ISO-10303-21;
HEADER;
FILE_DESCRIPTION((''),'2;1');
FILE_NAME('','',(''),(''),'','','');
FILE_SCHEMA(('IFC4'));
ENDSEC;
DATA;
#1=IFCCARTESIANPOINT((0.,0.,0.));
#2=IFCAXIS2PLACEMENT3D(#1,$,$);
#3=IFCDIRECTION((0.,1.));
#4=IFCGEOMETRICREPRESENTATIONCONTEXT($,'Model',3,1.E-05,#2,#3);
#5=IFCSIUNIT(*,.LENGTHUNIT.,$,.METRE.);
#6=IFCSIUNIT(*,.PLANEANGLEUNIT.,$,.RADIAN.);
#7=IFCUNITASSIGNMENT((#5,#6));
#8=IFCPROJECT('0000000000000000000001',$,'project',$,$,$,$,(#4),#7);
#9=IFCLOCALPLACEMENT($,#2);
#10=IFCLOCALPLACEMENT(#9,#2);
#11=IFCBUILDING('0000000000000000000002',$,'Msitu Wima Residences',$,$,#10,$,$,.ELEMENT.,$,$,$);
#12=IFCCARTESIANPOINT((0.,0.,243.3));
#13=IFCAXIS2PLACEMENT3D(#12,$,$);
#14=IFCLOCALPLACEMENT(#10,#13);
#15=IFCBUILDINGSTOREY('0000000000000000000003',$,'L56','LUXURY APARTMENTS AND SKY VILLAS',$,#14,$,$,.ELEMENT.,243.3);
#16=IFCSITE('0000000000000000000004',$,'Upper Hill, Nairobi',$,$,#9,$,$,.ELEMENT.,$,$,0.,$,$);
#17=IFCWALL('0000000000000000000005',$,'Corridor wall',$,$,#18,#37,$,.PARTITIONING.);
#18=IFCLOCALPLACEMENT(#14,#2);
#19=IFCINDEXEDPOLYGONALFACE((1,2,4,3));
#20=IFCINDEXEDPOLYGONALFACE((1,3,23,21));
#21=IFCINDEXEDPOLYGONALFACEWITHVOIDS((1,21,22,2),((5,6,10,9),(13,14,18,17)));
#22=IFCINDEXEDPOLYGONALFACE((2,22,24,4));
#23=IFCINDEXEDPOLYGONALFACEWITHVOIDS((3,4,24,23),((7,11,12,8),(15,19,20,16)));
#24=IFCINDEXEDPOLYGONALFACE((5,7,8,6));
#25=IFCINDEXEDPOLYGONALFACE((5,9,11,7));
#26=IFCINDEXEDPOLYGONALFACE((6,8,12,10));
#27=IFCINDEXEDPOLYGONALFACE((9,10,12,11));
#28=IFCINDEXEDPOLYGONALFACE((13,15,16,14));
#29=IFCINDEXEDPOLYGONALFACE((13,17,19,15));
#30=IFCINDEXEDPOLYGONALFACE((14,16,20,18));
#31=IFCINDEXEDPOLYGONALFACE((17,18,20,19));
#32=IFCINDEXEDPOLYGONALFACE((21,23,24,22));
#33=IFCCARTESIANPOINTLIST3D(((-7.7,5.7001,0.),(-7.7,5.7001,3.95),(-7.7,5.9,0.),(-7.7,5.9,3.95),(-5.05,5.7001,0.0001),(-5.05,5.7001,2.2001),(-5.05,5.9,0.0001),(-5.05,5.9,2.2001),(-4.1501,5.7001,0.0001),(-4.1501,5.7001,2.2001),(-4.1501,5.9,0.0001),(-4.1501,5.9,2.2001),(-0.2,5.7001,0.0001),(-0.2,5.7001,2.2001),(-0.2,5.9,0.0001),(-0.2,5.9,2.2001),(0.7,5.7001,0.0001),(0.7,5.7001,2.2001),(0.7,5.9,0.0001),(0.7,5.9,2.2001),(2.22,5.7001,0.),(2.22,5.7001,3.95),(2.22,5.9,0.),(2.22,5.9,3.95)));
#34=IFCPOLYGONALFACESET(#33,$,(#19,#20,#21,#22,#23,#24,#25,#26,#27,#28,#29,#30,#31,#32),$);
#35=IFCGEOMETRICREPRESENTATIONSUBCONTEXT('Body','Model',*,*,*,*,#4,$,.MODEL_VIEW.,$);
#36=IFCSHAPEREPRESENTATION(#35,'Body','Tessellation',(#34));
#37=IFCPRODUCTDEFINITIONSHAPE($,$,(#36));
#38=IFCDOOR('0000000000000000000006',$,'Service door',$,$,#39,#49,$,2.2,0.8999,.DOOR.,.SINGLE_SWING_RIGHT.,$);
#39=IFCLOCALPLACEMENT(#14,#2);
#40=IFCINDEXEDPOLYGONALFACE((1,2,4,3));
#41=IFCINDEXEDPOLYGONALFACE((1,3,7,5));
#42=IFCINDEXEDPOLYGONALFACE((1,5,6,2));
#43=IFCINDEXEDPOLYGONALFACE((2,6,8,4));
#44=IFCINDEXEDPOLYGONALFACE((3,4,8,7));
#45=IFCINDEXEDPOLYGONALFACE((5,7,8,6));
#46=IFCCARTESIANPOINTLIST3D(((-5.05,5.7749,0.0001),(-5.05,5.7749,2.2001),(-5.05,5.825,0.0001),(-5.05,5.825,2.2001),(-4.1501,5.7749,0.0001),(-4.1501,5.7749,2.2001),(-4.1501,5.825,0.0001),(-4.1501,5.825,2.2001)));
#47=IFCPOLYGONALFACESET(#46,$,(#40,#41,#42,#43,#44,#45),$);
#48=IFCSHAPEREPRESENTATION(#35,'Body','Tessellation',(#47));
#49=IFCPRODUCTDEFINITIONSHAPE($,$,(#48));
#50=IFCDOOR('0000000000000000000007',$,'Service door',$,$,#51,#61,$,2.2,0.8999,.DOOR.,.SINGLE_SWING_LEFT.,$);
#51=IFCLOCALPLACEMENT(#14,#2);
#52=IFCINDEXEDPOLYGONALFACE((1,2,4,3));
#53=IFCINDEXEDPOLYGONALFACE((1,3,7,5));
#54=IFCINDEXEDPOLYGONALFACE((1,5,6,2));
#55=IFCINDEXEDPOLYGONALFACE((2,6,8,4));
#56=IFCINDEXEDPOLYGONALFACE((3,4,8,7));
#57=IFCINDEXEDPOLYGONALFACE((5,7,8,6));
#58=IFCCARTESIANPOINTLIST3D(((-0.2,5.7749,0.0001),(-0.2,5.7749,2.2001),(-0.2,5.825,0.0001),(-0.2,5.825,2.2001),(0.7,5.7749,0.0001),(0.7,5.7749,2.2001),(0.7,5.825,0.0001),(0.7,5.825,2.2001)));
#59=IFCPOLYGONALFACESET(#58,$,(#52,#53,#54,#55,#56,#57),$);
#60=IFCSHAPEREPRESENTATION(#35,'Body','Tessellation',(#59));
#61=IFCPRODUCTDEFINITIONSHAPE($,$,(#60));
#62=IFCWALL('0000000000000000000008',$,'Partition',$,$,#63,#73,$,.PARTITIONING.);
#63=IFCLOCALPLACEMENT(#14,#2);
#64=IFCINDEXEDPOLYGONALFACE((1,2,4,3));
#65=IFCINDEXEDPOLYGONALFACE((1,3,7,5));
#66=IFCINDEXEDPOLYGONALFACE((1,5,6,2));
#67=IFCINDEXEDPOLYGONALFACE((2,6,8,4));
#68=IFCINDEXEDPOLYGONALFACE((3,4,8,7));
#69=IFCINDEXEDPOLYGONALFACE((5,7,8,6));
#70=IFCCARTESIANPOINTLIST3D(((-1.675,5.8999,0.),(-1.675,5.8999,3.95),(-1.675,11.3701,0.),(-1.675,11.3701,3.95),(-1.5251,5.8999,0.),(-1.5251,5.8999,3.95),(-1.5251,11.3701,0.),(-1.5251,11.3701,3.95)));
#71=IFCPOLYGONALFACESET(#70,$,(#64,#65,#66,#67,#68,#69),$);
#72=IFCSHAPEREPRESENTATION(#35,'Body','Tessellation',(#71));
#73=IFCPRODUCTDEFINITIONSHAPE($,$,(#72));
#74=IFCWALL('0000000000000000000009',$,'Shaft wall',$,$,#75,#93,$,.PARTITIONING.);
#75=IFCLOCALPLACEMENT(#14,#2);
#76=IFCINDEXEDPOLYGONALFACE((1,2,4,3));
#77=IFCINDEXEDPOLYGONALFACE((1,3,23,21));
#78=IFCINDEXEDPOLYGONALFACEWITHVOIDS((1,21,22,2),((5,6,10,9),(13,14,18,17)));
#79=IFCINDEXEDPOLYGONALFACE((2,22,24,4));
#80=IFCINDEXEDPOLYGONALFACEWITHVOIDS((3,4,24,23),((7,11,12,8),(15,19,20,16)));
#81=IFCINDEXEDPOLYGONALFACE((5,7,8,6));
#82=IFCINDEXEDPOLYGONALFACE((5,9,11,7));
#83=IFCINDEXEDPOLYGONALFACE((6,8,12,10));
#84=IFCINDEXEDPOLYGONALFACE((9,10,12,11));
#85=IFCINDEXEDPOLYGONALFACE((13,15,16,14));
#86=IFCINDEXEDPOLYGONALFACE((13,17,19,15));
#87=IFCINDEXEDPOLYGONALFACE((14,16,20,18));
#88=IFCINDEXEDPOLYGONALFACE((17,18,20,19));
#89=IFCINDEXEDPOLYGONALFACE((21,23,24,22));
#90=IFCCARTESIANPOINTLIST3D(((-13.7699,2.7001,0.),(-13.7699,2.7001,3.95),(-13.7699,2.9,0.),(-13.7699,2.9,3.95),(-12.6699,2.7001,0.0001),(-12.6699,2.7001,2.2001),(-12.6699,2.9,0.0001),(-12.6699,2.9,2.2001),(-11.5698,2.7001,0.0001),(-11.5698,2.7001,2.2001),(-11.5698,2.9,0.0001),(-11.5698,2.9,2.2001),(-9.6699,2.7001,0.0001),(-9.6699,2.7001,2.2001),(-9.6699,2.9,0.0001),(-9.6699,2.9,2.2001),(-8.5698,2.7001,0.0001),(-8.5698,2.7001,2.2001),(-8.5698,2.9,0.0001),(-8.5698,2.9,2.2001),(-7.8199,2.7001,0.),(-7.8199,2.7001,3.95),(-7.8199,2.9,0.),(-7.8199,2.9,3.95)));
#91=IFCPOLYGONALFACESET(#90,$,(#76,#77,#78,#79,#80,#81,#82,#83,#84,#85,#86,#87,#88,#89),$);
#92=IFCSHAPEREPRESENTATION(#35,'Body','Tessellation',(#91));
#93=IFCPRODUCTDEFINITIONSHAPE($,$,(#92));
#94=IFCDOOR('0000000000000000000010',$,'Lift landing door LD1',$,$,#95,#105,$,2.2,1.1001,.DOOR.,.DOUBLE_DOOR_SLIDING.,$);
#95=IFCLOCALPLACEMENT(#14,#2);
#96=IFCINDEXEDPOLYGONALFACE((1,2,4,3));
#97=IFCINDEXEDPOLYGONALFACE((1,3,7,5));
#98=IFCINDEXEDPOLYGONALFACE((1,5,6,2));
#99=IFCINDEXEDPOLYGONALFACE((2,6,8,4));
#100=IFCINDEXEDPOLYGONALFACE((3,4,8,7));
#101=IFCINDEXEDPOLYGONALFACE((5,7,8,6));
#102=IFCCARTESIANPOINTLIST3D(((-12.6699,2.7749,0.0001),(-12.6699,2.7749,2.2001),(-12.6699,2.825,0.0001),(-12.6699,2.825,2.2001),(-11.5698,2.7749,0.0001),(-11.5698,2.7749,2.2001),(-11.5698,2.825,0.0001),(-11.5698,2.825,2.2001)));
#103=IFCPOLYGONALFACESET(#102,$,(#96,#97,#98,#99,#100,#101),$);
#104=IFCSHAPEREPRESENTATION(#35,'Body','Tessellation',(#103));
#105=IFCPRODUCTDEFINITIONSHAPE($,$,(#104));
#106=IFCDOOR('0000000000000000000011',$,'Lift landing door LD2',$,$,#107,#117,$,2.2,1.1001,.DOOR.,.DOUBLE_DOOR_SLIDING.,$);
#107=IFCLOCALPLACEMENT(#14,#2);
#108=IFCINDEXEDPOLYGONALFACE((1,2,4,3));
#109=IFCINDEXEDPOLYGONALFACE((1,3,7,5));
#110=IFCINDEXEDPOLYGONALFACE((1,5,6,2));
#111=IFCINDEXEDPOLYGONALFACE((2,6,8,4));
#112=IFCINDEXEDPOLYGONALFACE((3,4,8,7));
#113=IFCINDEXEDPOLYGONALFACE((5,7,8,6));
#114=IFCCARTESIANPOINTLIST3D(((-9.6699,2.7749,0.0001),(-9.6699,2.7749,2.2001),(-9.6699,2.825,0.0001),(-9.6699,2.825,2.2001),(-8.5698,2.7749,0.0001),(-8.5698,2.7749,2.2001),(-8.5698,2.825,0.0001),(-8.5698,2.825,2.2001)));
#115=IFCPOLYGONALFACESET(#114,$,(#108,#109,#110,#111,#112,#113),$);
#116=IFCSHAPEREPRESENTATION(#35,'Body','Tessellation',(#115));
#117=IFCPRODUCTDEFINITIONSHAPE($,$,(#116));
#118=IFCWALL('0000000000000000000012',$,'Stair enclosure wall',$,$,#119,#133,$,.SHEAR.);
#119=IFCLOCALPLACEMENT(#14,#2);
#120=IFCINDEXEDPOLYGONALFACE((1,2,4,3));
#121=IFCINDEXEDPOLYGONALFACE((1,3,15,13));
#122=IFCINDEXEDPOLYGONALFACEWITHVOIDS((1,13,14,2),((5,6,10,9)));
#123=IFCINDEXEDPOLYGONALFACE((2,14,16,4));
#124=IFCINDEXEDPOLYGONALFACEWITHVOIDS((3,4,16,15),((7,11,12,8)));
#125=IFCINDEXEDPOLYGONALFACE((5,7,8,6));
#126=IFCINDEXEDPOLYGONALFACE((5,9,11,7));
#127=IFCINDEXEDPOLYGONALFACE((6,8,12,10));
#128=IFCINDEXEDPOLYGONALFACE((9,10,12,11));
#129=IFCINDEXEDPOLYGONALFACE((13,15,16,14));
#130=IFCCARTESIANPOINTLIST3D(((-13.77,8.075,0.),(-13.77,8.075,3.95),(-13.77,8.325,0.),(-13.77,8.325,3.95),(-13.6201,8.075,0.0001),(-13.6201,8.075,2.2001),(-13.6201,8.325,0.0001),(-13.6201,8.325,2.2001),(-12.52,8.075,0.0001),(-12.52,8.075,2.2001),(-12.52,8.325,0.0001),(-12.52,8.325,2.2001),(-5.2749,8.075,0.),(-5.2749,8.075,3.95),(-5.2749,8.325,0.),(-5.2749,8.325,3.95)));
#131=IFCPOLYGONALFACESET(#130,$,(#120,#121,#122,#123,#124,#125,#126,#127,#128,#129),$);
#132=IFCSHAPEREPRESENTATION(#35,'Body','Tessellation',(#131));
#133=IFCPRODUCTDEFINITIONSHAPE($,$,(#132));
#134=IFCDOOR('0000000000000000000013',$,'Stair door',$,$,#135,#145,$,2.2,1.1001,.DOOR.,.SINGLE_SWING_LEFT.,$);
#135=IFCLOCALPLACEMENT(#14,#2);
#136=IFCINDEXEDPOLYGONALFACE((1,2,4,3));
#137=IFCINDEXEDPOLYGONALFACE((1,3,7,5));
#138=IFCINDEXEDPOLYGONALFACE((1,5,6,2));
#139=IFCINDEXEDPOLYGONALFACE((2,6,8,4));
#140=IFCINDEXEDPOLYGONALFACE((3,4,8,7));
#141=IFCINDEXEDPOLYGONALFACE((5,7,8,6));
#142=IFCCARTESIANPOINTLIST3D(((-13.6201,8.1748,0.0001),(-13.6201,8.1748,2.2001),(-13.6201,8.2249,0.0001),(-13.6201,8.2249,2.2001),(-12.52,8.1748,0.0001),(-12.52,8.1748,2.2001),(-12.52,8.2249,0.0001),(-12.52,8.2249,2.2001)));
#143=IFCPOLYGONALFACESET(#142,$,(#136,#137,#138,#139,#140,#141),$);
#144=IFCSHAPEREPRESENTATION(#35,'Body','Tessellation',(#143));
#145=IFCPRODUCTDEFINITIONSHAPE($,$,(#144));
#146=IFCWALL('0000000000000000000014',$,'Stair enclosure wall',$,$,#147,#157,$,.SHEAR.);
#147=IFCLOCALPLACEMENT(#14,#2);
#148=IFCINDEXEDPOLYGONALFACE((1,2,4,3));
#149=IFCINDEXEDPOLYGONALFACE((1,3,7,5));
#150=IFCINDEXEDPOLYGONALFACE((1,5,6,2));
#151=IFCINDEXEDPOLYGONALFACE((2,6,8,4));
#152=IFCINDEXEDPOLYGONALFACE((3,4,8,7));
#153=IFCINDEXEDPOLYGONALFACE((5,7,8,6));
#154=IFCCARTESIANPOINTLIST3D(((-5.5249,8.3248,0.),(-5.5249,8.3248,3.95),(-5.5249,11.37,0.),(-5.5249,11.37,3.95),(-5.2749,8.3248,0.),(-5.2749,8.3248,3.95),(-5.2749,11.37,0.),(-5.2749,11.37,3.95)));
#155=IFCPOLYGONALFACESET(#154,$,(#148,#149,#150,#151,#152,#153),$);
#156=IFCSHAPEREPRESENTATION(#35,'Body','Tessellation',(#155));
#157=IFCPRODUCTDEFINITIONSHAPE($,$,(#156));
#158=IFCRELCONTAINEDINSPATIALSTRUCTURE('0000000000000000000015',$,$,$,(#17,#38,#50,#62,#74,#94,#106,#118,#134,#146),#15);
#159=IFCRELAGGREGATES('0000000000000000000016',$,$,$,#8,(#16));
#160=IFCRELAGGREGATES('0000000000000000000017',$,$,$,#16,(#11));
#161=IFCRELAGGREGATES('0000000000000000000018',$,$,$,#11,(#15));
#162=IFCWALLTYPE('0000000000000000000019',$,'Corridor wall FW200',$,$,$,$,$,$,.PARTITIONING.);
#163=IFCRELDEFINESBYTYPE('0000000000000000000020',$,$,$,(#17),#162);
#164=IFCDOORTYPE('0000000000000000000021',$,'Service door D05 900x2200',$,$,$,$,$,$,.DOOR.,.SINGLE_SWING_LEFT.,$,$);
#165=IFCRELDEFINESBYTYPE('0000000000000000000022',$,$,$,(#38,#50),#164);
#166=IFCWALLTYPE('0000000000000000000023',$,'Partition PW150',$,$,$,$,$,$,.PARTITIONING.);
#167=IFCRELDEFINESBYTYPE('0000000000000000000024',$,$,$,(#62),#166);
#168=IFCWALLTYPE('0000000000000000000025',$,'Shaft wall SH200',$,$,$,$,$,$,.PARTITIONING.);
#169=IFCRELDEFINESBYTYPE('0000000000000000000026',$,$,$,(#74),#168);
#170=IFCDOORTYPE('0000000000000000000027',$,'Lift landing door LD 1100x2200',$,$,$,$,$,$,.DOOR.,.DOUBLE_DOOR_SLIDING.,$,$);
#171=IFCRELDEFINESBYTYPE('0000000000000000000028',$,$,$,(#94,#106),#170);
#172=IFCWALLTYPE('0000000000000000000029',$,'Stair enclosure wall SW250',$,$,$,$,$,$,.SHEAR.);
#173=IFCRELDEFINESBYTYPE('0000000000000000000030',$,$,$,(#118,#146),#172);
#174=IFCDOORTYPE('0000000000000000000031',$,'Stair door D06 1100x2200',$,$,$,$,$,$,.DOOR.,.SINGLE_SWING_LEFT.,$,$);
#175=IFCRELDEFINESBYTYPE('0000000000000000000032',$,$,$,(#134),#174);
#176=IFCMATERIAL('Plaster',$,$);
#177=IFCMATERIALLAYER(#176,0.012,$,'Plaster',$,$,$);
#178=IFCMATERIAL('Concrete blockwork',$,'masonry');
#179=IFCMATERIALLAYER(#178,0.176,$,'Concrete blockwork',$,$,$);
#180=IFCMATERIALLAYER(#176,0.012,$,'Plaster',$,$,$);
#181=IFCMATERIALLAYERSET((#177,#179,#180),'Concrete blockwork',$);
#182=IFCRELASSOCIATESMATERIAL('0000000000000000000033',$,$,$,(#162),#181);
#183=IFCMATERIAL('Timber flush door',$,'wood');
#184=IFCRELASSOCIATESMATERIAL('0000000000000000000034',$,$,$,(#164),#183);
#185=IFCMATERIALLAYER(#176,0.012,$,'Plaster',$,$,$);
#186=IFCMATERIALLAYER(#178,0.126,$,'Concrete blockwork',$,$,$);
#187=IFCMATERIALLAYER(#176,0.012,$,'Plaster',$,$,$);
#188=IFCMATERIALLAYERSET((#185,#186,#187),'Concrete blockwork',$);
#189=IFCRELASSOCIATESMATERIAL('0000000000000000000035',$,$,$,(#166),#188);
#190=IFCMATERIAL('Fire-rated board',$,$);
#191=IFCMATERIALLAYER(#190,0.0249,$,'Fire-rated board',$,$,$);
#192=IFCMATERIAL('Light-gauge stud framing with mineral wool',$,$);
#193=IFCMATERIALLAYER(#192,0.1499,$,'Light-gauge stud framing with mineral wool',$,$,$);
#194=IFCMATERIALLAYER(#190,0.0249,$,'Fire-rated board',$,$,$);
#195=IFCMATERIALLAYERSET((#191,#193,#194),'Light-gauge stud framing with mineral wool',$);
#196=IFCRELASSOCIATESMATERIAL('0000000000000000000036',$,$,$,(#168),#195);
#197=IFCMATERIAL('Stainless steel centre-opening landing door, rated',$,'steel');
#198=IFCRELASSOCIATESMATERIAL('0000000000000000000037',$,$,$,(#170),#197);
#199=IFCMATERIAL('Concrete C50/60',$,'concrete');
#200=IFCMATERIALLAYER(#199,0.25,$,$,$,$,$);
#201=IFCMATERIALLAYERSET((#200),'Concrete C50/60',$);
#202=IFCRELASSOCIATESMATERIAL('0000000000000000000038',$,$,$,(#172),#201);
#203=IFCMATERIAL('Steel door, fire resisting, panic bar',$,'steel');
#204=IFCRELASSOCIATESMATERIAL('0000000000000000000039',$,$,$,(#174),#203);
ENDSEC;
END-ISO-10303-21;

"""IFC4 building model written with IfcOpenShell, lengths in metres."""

from ifc_helpers import new_model, si_unit, direction, frame, frame_2d, origin, place, context, subcontext, project, spatial, rectangle, extrude, material, layer, layer_set, type_object, element, fill, save


model = new_model("IFC4")

# Units and contexts
model_context = context("Model", 3, precision=1e-05, world=origin(), true_north=direction((0.0, 1.0)))
body_context = subcontext(model_context, "Body", "Model", "MODEL_VIEW")
ifc_project = project(units=[si_unit("LENGTHUNIT", "METRE"), si_unit("PLANEANGLEUNIT", "RADIAN")], contexts=[model_context])

# Site, building, storey
site_placement = place(None, origin())
site = spatial("IfcSite", under=ifc_project, at=site_placement, Name="Upper Hill, Nairobi", CompositionType="ELEMENT", RefElevation=0.0)
building_placement = place(site_placement, origin())
building = spatial("IfcBuilding", under=site, at=building_placement, Name="Msitu Wima Residences", CompositionType="ELEMENT")
storey_placement = place(building_placement, frame((0.0, 0.0, 243.3)))
storey = spatial("IfcBuildingStorey", under=building, at=storey_placement, Name="L56", Description="LUXURY APARTMENTS AND SKY VILLAS", CompositionType="ELEMENT", Elevation=243.3)

# Shared definitions
ifc_material_1 = material(Name="Plaster")
ifc_layer_1 = layer(ifc_material_1, 0.012, Name="Plaster")
ifc_material_2 = material(Name="Concrete blockwork", Category="masonry")
ifc_layer_2 = layer(ifc_material_2, 0.176, Name="Concrete blockwork")
ifc_layer_3 = layer(ifc_material_1, 0.012, Name="Plaster")
ifc_layer_set_1 = layer_set([ifc_layer_1, ifc_layer_2, ifc_layer_3], Name="Concrete blockwork")
wall_type_1 = type_object("IfcWallType", Name="Corridor wall FW200", PredefinedType="PARTITIONING", material=ifc_layer_set_1)
ifc_material_3 = material(Name="Timber flush door", Category="wood")
door_type_1 = type_object("IfcDoorType", Name="Service door D05 900x2200", OperationType="SINGLE_SWING_LEFT", PredefinedType="DOOR", material=ifc_material_3)

# Wall, openings, doors
wall_1_placement = place(storey_placement, frame((-7.7, 5.8, 0.0), z_axis=(0.0, 0.0, 1.0), x_axis=(1.0, 0.0, 0.0)))
wall_1 = element("IfcWall", 1, at=wall_1_placement, inside=storey, type_object=wall_type_1, Name="Corridor wall", PredefinedType="PARTITIONING", context=body_context, shape_type="SweptSolid", body=[
    extrude(rectangle(XDim=9.9199, YDim=0.2, at=frame_2d((4.96, 0.0))), origin(), (0.0, 0.0, 1.0), 3.95),
])
opening_1_placement = place(wall_1_placement, frame((2.6499, 0.0, 0.0)))
opening_1 = element("IfcOpeningElement", 2, at=opening_1_placement, cuts=wall_1, PredefinedType="OPENING", context=body_context, shape_type="SweptSolid", body=[
    extrude(rectangle(XDim=0.8999, YDim=2.2, at=frame_2d((0.45, 1.1001))), frame((0.0, 0.1099, 0.0), z_axis=(0.0, -1.0, 0.0), x_axis=(1.0, 0.0, 0.0)), (0.0, 0.0, 1.0), 0.22),
])
opening_2_placement = place(wall_1_placement, frame((7.5, 0.0, 0.0)))
opening_2 = element("IfcOpeningElement", 3, at=opening_2_placement, cuts=wall_1, PredefinedType="OPENING", context=body_context, shape_type="SweptSolid", body=[
    extrude(rectangle(XDim=0.8999, YDim=2.2, at=frame_2d((0.45, 1.1001))), frame((0.0, 0.1099, 0.0), z_axis=(0.0, -1.0, 0.0), x_axis=(1.0, 0.0, 0.0)), (0.0, 0.0, 1.0), 0.22),
])
door_1_placement = place(opening_1_placement, origin())
door_1 = element("IfcDoor", 4, at=door_1_placement, inside=storey, type_object=door_type_1, Name="Service door", OperationType="SINGLE_SWING_RIGHT", OverallHeight=2.2, OverallWidth=0.8999, PredefinedType="DOOR", context=body_context, shape_type="SweptSolid", body=[
    extrude(rectangle(XDim=0.8999, YDim=2.2, at=frame_2d((0.45, 1.1001))), frame((0.0, 0.0249, 0.0), z_axis=(0.0, -1.0, 0.0), x_axis=(1.0, 0.0, 0.0)), (0.0, 0.0, 1.0), 0.05),
])
fill(opening_1, door_1)
door_2_placement = place(opening_2_placement, origin())
door_2 = element("IfcDoor", 5, at=door_2_placement, inside=storey, type_object=door_type_1, Name="Service door", OperationType="SINGLE_SWING_LEFT", OverallHeight=2.2, OverallWidth=0.8999, PredefinedType="DOOR", context=body_context, shape_type="SweptSolid", body=[
    extrude(rectangle(XDim=0.8999, YDim=2.2, at=frame_2d((0.45, 1.1001))), frame((0.0, 0.0249, 0.0), z_axis=(0.0, -1.0, 0.0), x_axis=(1.0, 0.0, 0.0)), (0.0, 0.0, 1.0), 0.05),
])
fill(opening_2, door_2)

# Wall
ifc_layer_4 = layer(ifc_material_1, 0.012, Name="Plaster")
ifc_layer_5 = layer(ifc_material_2, 0.126, Name="Concrete blockwork")
ifc_layer_6 = layer(ifc_material_1, 0.012, Name="Plaster")
ifc_layer_set_2 = layer_set([ifc_layer_4, ifc_layer_5, ifc_layer_6], Name="Concrete blockwork")
wall_type_2 = type_object("IfcWallType", Name="Partition PW150", PredefinedType="PARTITIONING", material=ifc_layer_set_2)
wall_2_placement = place(storey_placement, frame((-1.6001, 5.8999, 0.0), z_axis=(0.0, 0.0, 1.0), x_axis=(0.0, 1.0, 0.0)))
element("IfcWall", 6, at=wall_2_placement, inside=storey, type_object=wall_type_2, Name="Partition", PredefinedType="PARTITIONING", context=body_context, shape_type="SweptSolid", body=[
    extrude(rectangle(XDim=5.4702, YDim=0.1499, at=frame_2d((2.7351, 0.0))), origin(), (0.0, 0.0, 1.0), 3.95),
])

# Wall, openings, doors
ifc_material_4 = material(Name="Fire-rated board")
ifc_layer_7 = layer(ifc_material_4, 0.0249, Name="Fire-rated board")
ifc_material_5 = material(Name="Light-gauge stud framing with mineral wool")
ifc_layer_8 = layer(ifc_material_5, 0.1499, Name="Light-gauge stud framing with mineral wool")
ifc_layer_9 = layer(ifc_material_4, 0.0249, Name="Fire-rated board")
ifc_layer_set_3 = layer_set([ifc_layer_7, ifc_layer_8, ifc_layer_9], Name="Light-gauge stud framing with mineral wool")
wall_type_3 = type_object("IfcWallType", Name="Shaft wall SH200", PredefinedType="PARTITIONING", material=ifc_layer_set_3)
wall_3_placement = place(storey_placement, frame((-13.77, 2.8, 0.0), z_axis=(0.0, 0.0, 1.0), x_axis=(1.0, 0.0, 0.0)))
wall_3 = element("IfcWall", 7, at=wall_3_placement, inside=storey, type_object=wall_type_3, Name="Shaft wall", PredefinedType="PARTITIONING", context=body_context, shape_type="SweptSolid", body=[
    extrude(rectangle(XDim=5.95, YDim=0.2, at=frame_2d((2.9751, 0.0))), origin(), (0.0, 0.0, 1.0), 3.95),
])
opening_3_placement = place(wall_3_placement, frame((1.1001, 0.0, 0.0)))
opening_3 = element("IfcOpeningElement", 8, at=opening_3_placement, cuts=wall_3, PredefinedType="OPENING", context=body_context, shape_type="SweptSolid", body=[
    extrude(rectangle(XDim=1.1001, YDim=2.2, at=frame_2d((0.55, 1.1001))), frame((0.0, 0.1099, 0.0), z_axis=(0.0, -1.0, 0.0), x_axis=(1.0, 0.0, 0.0)), (0.0, 0.0, 1.0), 0.22),
])
opening_4_placement = place(wall_3_placement, frame((4.1001, 0.0, 0.0)))
opening_4 = element("IfcOpeningElement", 9, at=opening_4_placement, cuts=wall_3, PredefinedType="OPENING", context=body_context, shape_type="SweptSolid", body=[
    extrude(rectangle(XDim=1.1001, YDim=2.2, at=frame_2d((0.55, 1.1001))), frame((0.0, 0.1099, 0.0), z_axis=(0.0, -1.0, 0.0), x_axis=(1.0, 0.0, 0.0)), (0.0, 0.0, 1.0), 0.22),
])
ifc_material_6 = material(Name="Stainless steel centre-opening landing door, rated", Category="steel")
door_type_2 = type_object("IfcDoorType", Name="Lift landing door LD 1100x2200", OperationType="DOUBLE_DOOR_SLIDING", PredefinedType="DOOR", material=ifc_material_6)
door_3_placement = place(opening_3_placement, origin())
door_3 = element("IfcDoor", 10, at=door_3_placement, inside=storey, type_object=door_type_2, Name="Lift landing door LD1", OperationType="DOUBLE_DOOR_SLIDING", OverallHeight=2.2, OverallWidth=1.1001, PredefinedType="DOOR", context=body_context, shape_type="SweptSolid", body=[
    extrude(rectangle(XDim=1.1001, YDim=2.2, at=frame_2d((0.55, 1.1001))), frame((0.0, 0.0249, 0.0), z_axis=(0.0, -1.0, 0.0), x_axis=(1.0, 0.0, 0.0)), (0.0, 0.0, 1.0), 0.05),
])
fill(opening_3, door_3)
door_4_placement = place(opening_4_placement, origin())
door_4 = element("IfcDoor", 11, at=door_4_placement, inside=storey, type_object=door_type_2, Name="Lift landing door LD2", OperationType="DOUBLE_DOOR_SLIDING", OverallHeight=2.2, OverallWidth=1.1001, PredefinedType="DOOR", context=body_context, shape_type="SweptSolid", body=[
    extrude(rectangle(XDim=1.1001, YDim=2.2, at=frame_2d((0.55, 1.1001))), frame((0.0, 0.0249, 0.0), z_axis=(0.0, -1.0, 0.0), x_axis=(1.0, 0.0, 0.0)), (0.0, 0.0, 1.0), 0.05),
])
fill(opening_4, door_4)

# Wall, opening, door
ifc_material_7 = material(Name="Concrete C50/60", Category="concrete")
ifc_layer_10 = layer(ifc_material_7, 0.25)
ifc_layer_set_4 = layer_set([ifc_layer_10], Name="Concrete C50/60")
wall_type_4 = type_object("IfcWallType", Name="Stair enclosure wall SW250", PredefinedType="SHEAR", material=ifc_layer_set_4)
wall_4_placement = place(storey_placement, frame((-13.77, 8.2, 0.0), z_axis=(0.0, 0.0, 1.0), x_axis=(1.0, 0.0, 0.0)))
wall_4 = element("IfcWall", 12, at=wall_4_placement, inside=storey, type_object=wall_type_4, Name="Stair enclosure wall", PredefinedType="SHEAR", context=body_context, shape_type="SweptSolid", body=[
    extrude(rectangle(XDim=8.4951, YDim=0.25, at=frame_2d((4.2476, 0.0))), origin(), (0.0, 0.0, 1.0), 3.95),
])
opening_5_placement = place(wall_4_placement, frame((0.1499, 0.0, 0.0)))
opening_5 = element("IfcOpeningElement", 13, at=opening_5_placement, cuts=wall_4, PredefinedType="OPENING", context=body_context, shape_type="SweptSolid", body=[
    extrude(rectangle(XDim=1.1001, YDim=2.2, at=frame_2d((0.55, 1.1001))), frame((0.0, 0.135, 0.0), z_axis=(0.0, -1.0, 0.0), x_axis=(1.0, 0.0, 0.0)), (0.0, 0.0, 1.0), 0.27),
])
ifc_material_8 = material(Name="Steel door, fire resisting, panic bar", Category="steel")
door_type_3 = type_object("IfcDoorType", Name="Stair door D06 1100x2200", OperationType="SINGLE_SWING_LEFT", PredefinedType="DOOR", material=ifc_material_8)
door_5_placement = place(opening_5_placement, origin())
door_5 = element("IfcDoor", 14, at=door_5_placement, inside=storey, type_object=door_type_3, Name="Stair door", OperationType="SINGLE_SWING_LEFT", OverallHeight=2.2, OverallWidth=1.1001, PredefinedType="DOOR", context=body_context, shape_type="SweptSolid", body=[
    extrude(rectangle(XDim=1.1001, YDim=2.2, at=frame_2d((0.55, 1.1001))), frame((0.0, 0.0249, 0.0), z_axis=(0.0, -1.0, 0.0), x_axis=(1.0, 0.0, 0.0)), (0.0, 0.0, 1.0), 0.05),
])
fill(opening_5, door_5)

# Wall
wall_5_placement = place(storey_placement, frame((-5.3999, 8.325, 0.0), z_axis=(0.0, 0.0, 1.0), x_axis=(0.0, 1.0, 0.0)))
element("IfcWall", 15, at=wall_5_placement, inside=storey, type_object=wall_type_4, Name="Stair enclosure wall", PredefinedType="SHEAR", context=body_context, shape_type="SweptSolid", body=[
    extrude(rectangle(XDim=3.0452, YDim=0.25, at=frame_2d((1.5225, 0.0))), origin(), (0.0, 0.0, 1.0), 3.95),
])

save(model, "model.ifc")
